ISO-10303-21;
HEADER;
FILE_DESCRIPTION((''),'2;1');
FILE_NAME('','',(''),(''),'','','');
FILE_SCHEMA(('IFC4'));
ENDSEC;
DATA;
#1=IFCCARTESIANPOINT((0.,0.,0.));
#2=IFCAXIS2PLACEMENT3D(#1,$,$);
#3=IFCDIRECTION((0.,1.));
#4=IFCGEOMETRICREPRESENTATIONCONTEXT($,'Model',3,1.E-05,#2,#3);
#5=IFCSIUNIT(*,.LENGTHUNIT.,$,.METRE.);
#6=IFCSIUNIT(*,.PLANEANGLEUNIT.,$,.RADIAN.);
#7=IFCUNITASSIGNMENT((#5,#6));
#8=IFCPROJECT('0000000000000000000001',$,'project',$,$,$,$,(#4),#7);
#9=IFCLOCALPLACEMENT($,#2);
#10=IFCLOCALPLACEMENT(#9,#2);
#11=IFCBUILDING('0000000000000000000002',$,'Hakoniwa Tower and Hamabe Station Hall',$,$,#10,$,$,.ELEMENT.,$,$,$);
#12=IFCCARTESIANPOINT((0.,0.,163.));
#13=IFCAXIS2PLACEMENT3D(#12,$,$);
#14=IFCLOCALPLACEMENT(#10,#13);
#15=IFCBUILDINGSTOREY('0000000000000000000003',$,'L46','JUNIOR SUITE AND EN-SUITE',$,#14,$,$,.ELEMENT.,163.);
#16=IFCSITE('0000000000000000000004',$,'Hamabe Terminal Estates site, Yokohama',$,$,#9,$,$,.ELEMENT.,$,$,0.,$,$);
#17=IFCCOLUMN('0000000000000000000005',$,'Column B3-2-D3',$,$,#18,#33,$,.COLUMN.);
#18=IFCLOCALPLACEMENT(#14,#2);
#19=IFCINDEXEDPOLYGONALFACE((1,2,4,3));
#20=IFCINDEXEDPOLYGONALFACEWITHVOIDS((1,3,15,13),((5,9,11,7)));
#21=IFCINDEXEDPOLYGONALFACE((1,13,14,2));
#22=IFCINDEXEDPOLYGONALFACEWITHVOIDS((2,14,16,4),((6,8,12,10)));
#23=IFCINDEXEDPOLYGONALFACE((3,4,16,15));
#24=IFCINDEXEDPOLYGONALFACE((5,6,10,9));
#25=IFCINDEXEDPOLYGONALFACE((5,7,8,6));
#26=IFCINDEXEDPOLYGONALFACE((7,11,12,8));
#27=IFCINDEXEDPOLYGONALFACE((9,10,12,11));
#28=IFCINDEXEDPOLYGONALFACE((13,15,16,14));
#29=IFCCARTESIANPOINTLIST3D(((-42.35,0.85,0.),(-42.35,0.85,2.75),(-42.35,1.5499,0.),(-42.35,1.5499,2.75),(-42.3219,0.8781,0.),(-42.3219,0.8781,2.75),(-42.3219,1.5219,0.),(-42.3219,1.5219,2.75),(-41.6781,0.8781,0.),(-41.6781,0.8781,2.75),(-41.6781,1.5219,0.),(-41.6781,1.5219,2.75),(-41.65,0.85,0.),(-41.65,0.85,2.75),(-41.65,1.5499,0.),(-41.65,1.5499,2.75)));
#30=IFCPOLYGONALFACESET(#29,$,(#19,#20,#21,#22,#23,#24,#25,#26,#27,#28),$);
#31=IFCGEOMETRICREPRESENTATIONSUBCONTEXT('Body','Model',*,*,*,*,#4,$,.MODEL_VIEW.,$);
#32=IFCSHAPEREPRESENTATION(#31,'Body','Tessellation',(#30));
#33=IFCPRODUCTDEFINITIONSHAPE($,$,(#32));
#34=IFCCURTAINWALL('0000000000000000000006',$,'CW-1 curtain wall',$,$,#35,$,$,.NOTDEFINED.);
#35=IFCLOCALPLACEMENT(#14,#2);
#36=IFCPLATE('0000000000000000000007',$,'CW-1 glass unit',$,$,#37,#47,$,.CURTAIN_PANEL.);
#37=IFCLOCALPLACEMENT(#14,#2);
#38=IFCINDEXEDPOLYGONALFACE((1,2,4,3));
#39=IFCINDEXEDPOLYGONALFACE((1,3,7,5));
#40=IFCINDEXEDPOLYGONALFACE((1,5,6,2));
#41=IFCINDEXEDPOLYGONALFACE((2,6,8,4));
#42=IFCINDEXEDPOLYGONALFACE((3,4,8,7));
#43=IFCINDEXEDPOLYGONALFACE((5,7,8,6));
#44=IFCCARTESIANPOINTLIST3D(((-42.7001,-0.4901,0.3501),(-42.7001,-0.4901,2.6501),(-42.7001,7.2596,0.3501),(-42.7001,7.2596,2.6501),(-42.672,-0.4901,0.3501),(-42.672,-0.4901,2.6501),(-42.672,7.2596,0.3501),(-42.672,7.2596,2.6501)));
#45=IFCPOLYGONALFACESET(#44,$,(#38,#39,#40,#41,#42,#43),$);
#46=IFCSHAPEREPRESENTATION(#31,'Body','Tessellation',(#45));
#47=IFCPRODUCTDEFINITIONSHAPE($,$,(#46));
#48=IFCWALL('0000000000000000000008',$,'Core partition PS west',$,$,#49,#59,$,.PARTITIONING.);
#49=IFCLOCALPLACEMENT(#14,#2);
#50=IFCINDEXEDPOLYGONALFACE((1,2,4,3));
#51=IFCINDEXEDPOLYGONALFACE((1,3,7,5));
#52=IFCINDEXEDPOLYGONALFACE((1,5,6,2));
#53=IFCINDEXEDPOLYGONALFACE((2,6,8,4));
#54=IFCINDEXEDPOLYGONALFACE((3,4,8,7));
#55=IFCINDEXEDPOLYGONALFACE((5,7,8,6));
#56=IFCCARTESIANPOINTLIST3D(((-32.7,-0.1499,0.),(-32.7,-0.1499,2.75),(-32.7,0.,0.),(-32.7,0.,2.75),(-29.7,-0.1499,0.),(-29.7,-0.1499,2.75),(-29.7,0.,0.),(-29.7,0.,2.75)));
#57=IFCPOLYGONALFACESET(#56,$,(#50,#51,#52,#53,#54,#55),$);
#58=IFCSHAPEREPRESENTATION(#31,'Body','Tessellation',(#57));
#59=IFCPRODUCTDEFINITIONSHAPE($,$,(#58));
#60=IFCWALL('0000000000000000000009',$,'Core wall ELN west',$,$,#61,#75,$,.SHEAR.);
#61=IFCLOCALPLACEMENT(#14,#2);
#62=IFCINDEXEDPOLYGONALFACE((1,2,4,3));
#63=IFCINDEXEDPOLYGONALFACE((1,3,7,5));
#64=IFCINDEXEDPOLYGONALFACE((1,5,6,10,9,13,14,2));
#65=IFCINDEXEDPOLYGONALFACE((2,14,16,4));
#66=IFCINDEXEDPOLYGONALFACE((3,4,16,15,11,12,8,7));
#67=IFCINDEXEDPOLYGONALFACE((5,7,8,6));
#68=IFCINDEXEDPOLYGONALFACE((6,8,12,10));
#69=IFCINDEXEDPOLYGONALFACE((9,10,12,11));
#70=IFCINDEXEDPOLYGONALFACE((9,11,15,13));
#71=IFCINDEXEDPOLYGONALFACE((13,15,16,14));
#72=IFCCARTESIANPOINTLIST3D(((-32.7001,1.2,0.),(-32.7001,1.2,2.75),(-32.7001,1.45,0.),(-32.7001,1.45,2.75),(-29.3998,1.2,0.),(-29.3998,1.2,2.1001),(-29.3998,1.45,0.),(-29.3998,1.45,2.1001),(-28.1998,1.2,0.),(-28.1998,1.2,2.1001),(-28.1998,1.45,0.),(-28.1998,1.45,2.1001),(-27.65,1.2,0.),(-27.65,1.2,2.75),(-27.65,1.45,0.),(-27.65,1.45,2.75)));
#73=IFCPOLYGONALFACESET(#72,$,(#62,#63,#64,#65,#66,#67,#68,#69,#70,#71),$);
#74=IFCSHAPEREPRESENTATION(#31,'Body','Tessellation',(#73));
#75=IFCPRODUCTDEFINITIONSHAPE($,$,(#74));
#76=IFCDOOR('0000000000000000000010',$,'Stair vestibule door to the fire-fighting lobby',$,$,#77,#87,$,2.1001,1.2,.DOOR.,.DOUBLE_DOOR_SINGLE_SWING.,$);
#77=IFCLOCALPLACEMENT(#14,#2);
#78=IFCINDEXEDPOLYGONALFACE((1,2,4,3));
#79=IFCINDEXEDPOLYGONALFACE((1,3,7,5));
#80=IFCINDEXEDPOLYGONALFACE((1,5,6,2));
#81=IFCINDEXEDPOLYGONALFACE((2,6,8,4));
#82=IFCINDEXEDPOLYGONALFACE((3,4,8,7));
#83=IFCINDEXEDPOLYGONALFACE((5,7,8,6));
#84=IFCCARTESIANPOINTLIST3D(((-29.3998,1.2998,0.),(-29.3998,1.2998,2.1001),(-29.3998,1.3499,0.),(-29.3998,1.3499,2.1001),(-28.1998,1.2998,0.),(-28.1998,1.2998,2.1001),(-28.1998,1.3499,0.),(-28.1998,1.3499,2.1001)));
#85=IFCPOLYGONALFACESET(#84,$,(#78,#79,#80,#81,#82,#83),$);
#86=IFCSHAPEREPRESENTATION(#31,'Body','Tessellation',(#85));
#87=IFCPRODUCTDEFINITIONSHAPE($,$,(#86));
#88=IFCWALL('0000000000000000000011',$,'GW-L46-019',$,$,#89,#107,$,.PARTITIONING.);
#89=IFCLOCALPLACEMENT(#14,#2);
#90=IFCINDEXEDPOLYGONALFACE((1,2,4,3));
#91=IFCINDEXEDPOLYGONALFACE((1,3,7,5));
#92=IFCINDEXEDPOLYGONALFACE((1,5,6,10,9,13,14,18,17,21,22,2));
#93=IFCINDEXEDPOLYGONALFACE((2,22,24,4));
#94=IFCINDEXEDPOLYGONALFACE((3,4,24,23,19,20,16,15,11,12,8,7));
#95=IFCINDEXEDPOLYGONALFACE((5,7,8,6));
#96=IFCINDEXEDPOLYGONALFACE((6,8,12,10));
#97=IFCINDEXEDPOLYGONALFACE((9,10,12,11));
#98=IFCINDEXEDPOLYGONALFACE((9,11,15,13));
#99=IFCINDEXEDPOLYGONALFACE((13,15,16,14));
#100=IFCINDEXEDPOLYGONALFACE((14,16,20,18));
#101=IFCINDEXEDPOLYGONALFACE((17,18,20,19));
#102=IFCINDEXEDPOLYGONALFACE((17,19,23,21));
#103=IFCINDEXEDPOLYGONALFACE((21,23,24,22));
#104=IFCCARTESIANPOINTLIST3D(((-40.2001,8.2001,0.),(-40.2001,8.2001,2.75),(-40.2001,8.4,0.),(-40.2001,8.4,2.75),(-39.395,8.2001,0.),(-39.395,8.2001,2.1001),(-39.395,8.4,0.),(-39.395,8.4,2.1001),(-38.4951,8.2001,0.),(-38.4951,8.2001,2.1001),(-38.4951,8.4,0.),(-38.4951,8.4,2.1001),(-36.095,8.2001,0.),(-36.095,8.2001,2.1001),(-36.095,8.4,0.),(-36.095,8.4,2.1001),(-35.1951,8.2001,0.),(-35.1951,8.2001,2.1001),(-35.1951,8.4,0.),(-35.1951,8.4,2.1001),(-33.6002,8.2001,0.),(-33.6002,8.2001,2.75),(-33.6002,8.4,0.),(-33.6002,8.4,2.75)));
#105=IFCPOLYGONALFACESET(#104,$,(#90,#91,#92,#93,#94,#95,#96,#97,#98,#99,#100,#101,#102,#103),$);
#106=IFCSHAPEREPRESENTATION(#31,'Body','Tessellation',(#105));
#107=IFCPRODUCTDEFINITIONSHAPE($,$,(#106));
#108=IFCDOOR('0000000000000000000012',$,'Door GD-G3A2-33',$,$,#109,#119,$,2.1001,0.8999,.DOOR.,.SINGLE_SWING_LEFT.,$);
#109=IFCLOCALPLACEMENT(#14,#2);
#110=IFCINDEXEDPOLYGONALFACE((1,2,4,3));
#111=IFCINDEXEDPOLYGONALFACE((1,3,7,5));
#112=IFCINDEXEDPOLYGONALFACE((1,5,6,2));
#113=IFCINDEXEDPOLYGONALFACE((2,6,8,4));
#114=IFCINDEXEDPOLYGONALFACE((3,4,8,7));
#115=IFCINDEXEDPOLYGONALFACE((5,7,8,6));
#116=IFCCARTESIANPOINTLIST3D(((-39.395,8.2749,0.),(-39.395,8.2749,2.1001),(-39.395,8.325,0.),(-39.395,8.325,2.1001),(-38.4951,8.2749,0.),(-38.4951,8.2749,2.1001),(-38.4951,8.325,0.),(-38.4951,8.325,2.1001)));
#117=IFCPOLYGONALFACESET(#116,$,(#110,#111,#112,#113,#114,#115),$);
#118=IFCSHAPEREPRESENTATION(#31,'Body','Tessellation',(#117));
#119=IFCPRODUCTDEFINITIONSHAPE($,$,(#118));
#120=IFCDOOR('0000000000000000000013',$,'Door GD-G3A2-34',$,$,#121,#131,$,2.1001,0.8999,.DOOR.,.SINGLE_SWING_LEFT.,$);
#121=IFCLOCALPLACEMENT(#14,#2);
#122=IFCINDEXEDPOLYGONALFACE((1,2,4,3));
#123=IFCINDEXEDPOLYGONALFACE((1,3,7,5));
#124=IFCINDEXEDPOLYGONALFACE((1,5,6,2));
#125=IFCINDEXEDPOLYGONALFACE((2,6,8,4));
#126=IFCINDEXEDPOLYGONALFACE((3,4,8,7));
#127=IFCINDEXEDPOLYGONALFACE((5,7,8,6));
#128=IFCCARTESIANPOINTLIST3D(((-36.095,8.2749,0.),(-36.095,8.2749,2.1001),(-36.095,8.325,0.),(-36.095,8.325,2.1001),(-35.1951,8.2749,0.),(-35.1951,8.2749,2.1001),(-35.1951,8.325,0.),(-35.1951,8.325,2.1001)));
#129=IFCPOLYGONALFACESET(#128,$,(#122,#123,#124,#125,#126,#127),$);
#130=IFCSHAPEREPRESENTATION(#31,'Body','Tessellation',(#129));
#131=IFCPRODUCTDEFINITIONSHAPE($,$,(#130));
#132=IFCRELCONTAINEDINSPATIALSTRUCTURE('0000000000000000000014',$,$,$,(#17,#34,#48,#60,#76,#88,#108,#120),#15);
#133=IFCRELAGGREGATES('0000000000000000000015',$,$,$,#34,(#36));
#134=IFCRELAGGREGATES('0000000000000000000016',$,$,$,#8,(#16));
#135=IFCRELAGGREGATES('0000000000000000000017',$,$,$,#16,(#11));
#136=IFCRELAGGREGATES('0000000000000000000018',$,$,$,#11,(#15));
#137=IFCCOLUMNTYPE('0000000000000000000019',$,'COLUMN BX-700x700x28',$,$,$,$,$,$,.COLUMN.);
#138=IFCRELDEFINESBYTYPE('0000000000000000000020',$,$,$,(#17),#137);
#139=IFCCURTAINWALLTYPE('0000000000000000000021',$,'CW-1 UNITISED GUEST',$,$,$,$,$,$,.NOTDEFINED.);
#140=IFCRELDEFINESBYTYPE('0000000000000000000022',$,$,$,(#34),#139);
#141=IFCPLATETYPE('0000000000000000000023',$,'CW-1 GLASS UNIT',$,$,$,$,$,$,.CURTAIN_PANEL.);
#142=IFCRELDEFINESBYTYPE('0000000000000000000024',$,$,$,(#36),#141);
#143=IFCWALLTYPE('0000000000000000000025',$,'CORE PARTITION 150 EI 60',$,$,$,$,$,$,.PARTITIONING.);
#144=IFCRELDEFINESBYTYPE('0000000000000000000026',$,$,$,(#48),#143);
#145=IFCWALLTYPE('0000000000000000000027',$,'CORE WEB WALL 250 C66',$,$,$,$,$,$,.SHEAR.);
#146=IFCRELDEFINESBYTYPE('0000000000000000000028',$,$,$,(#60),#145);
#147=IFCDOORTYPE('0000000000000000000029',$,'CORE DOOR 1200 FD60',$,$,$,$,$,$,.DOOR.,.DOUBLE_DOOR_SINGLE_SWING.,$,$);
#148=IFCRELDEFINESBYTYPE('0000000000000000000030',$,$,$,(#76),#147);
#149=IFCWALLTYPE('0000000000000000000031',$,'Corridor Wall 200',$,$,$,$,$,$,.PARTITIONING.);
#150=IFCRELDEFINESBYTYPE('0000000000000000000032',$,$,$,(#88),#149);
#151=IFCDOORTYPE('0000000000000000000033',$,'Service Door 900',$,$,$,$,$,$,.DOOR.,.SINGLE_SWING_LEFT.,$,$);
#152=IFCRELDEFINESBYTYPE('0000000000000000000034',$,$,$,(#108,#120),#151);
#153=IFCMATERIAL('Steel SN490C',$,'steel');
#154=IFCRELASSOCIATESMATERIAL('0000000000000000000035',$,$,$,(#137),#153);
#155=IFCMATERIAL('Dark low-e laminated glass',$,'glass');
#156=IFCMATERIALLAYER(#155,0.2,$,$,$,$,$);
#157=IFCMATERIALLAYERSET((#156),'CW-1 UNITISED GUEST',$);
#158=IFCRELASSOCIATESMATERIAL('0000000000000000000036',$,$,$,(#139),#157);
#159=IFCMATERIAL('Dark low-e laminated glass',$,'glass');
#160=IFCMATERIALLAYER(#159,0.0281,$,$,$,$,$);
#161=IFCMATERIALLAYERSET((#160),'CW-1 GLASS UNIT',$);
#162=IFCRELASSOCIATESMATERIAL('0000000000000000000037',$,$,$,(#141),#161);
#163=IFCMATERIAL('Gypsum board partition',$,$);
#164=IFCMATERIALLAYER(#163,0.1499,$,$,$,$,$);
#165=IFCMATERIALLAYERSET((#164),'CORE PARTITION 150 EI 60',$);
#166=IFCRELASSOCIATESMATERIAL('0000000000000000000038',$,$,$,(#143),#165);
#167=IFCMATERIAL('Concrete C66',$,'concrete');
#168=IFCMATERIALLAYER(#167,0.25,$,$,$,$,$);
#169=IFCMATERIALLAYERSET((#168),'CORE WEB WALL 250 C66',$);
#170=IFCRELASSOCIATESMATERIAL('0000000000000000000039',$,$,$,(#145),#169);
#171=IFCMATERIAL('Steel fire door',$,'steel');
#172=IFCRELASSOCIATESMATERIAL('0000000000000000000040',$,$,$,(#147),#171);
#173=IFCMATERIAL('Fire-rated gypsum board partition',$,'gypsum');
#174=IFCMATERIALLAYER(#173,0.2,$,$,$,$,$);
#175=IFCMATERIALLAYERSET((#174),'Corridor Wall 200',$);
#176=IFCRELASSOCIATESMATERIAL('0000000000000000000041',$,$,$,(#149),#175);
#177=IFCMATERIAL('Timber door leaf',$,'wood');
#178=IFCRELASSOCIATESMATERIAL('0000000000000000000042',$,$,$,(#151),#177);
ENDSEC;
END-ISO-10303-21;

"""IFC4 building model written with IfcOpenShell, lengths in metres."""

from ifc_helpers import new_model, si_unit, direction, frame, frame_2d, origin, origin_2d, place, context, subcontext, project, spatial, rectangle, hollow_rectangle, extrude, material, layer, layer_set, material_profile, profile_set, type_object, element, fill, aggregate, save


model = new_model("IFC4")

# Units and contexts
model_context = context("Model", 3, precision=1e-05, world=origin(), true_north=direction((0.0, 1.0)))
body_context = subcontext(model_context, "Body", "Model", "MODEL_VIEW")
ifc_project = project(units=[si_unit("LENGTHUNIT", "METRE"), si_unit("PLANEANGLEUNIT", "RADIAN")], contexts=[model_context])

# Site, building, storey
site_placement = place(None, origin())
site = spatial("IfcSite", under=ifc_project, at=site_placement, Name="Hamabe Terminal Estates site, Yokohama", CompositionType="ELEMENT", RefElevation=0.0)
building_placement = place(site_placement, origin())
building = spatial("IfcBuilding", under=site, at=building_placement, Name="Hakoniwa Tower and Hamabe Station Hall", CompositionType="ELEMENT")
storey_placement = place(building_placement, frame((0.0, 0.0, 163.0)))
storey = spatial("IfcBuildingStorey", under=building, at=storey_placement, Name="L46", Description="JUNIOR SUITE AND EN-SUITE", CompositionType="ELEMENT", Elevation=163.0)

# Column
ifc_material_1 = material(Name="Steel SN490C", Category="steel")
ifc_material_profile = material_profile(ifc_material_1, hollow_rectangle(XDim=0.7, YDim=0.7, WallThickness=0.0281, at=origin_2d()), Name="BX-700x700x28")
ifc_profile_set = profile_set([ifc_material_profile], Name="Steel SN490C")
column_type = type_object("IfcColumnType", Name="COLUMN BX-700x700x28", PredefinedType="COLUMN", material=ifc_profile_set)
column_placement = place(storey_placement, frame((-42.0, 1.2, 0.0), z_axis=(0.0, 0.0, 1.0), x_axis=(1.0, 0.0, 0.0)))
element("IfcColumn", 1, at=column_placement, inside=storey, type_object=column_type, Name="Column B3-2-D3", PredefinedType="COLUMN", context=body_context, shape_type="SweptSolid", body=[
    extrude(hollow_rectangle(XDim=0.7, YDim=0.7, WallThickness=0.0281, at=origin_2d()), origin(), (0.0, 0.0, 1.0), 2.75),
])

# Curtain wall, plate
ifc_material_2 = material(Name="Dark low-e laminated glass", Category="glass")
ifc_layer_1 = layer(ifc_material_2, 0.2)
ifc_layer_set_1 = layer_set([ifc_layer_1], Name="CW-1 UNITISED GUEST")
curtain_wall_type = type_object("IfcCurtainWallType", Name="CW-1 UNITISED GUEST", PredefinedType="NOTDEFINED", material=ifc_layer_set_1)
curtain_wall_placement = place(storey_placement, origin())
curtain_wall = element("IfcCurtainWall", 2, at=curtain_wall_placement, inside=storey, type_object=curtain_wall_type, Name="CW-1 curtain wall", PredefinedType="NOTDEFINED")
ifc_material_3 = material(Name="Dark low-e laminated glass", Category="glass")
ifc_layer_2 = layer(ifc_material_3, 0.0281)
ifc_layer_set_2 = layer_set([ifc_layer_2], Name="CW-1 GLASS UNIT")
plate_type = type_object("IfcPlateType", Name="CW-1 GLASS UNIT", PredefinedType="CURTAIN_PANEL", material=ifc_layer_set_2)
plate_placement = place(storey_placement, frame((-42.686, 3.3848, 0.3501), z_axis=(0.0, 0.0, 1.0), x_axis=(0.0, -1.0, 0.0)))
plate = element("IfcPlate", 3, at=plate_placement, type_object=plate_type, Name="CW-1 glass unit", PredefinedType="CURTAIN_PANEL", context=body_context, shape_type="SweptSolid", body=[
    extrude(rectangle(XDim=7.7498, YDim=0.0281, at=origin_2d()), origin(), (0.0, 0.0, 1.0), 2.3),
])
aggregate(curtain_wall, [plate])

# Wall
ifc_material_4 = material(Name="Gypsum board partition")
ifc_layer_3 = layer(ifc_material_4, 0.1499)
ifc_layer_set_3 = layer_set([ifc_layer_3], Name="CORE PARTITION 150 EI 60")
wall_type_1 = type_object("IfcWallType", Name="CORE PARTITION 150 EI 60", PredefinedType="PARTITIONING", material=ifc_layer_set_3)
wall_1_placement = place(storey_placement, frame((-32.7, -0.075, 0.0), z_axis=(0.0, 0.0, 1.0), x_axis=(1.0, 0.0, 0.0)))
element("IfcWall", 4, at=wall_1_placement, inside=storey, type_object=wall_type_1, Name="Core partition PS west", PredefinedType="PARTITIONING", context=body_context, shape_type="SweptSolid", body=[
    extrude(rectangle(XDim=3.0, YDim=0.1499, at=frame_2d((1.5, 0.0))), origin(), (0.0, 0.0, 1.0), 2.75),
])

# Wall, opening, door
ifc_material_5 = material(Name="Concrete C66", Category="concrete")
ifc_layer_4 = layer(ifc_material_5, 0.25)
ifc_layer_set_4 = layer_set([ifc_layer_4], Name="CORE WEB WALL 250 C66")
wall_type_2 = type_object("IfcWallType", Name="CORE WEB WALL 250 C66", PredefinedType="SHEAR", material=ifc_layer_set_4)
wall_2_placement = place(storey_placement, frame((-32.7, 1.325, 0.0), z_axis=(0.0, 0.0, 1.0), x_axis=(1.0, 0.0, 0.0)))
wall_2 = element("IfcWall", 5, at=wall_2_placement, inside=storey, type_object=wall_type_2, Name="Core wall ELN west", PredefinedType="SHEAR", context=body_context, shape_type="SweptSolid", body=[
    extrude(rectangle(XDim=5.05, YDim=0.25, at=frame_2d((2.5249, 0.0))), origin(), (0.0, 0.0, 1.0), 2.75),
])
opening_1_placement = place(wall_2_placement, frame((3.3, 0.0, 0.0)))
opening_1 = element("IfcOpeningElement", 6, at=opening_1_placement, cuts=wall_2, PredefinedType="OPENING", context=body_context, shape_type="SweptSolid", body=[
    extrude(rectangle(XDim=1.2, YDim=2.1001, at=frame_2d((0.6001, 1.05))), frame((0.0, 0.135, 0.0), z_axis=(0.0, -1.0, 0.0), x_axis=(1.0, 0.0, 0.0)), (0.0, 0.0, 1.0), 0.27),
])
ifc_material_6 = material(Name="Steel fire door", Category="steel")
door_type_1 = type_object("IfcDoorType", Name="CORE DOOR 1200 FD60", OperationType="DOUBLE_DOOR_SINGLE_SWING", PredefinedType="DOOR", material=ifc_material_6)
door_1_placement = place(opening_1_placement, origin())
door_1 = element("IfcDoor", 7, at=door_1_placement, inside=storey, type_object=door_type_1, Name="Stair vestibule door to the fire-fighting lobby", OperationType="DOUBLE_DOOR_SINGLE_SWING", OverallHeight=2.1001, OverallWidth=1.2, PredefinedType="DOOR", context=body_context, shape_type="SweptSolid", body=[
    extrude(rectangle(XDim=1.2, YDim=2.1001, at=frame_2d((0.6001, 1.05))), frame((0.0, 0.0249, 0.0), z_axis=(0.0, -1.0, 0.0), x_axis=(1.0, 0.0, 0.0)), (0.0, 0.0, 1.0), 0.05),
])
fill(opening_1, door_1)

# Wall, openings, doors
ifc_material_7 = material(Name="Fire-rated gypsum board partition", Category="gypsum")
ifc_layer_5 = layer(ifc_material_7, 0.2)
ifc_layer_set_5 = layer_set([ifc_layer_5], Name="Corridor Wall 200")
wall_type_3 = type_object("IfcWallType", Name="Corridor Wall 200", PredefinedType="PARTITIONING", material=ifc_layer_set_5)
wall_3_placement = place(storey_placement, frame((-40.2, 8.3, 0.0), z_axis=(0.0, 0.0, 1.0), x_axis=(1.0, 0.0, 0.0)))
wall_3 = element("IfcWall", 8, at=wall_3_placement, inside=storey, type_object=wall_type_3, Name="GW-L46-019", PredefinedType="PARTITIONING", context=body_context, shape_type="SweptSolid", body=[
    extrude(rectangle(XDim=6.5999, YDim=0.2, at=frame_2d((3.2998, 0.0))), origin(), (0.0, 0.0, 1.0), 2.75),
])
opening_2_placement = place(wall_3_placement, frame((0.8049, 0.0, 0.0)))
opening_2 = element("IfcOpeningElement", 9, at=opening_2_placement, cuts=wall_3, PredefinedType="OPENING", context=body_context, shape_type="SweptSolid", body=[
    extrude(rectangle(XDim=0.8999, YDim=2.1001, at=frame_2d((0.45, 1.05))), frame((0.0, 0.1099, 0.0), z_axis=(0.0, -1.0, 0.0), x_axis=(1.0, 0.0, 0.0)), (0.0, 0.0, 1.0), 0.22),
])
opening_3_placement = place(wall_3_placement, frame((4.105, 0.0, 0.0)))
opening_3 = element("IfcOpeningElement", 10, at=opening_3_placement, cuts=wall_3, PredefinedType="OPENING", context=body_context, shape_type="SweptSolid", body=[
    extrude(rectangle(XDim=0.8999, YDim=2.1001, at=frame_2d((0.45, 1.05))), frame((0.0, 0.1099, 0.0), z_axis=(0.0, -1.0, 0.0), x_axis=(1.0, 0.0, 0.0)), (0.0, 0.0, 1.0), 0.22),
])
ifc_material_8 = material(Name="Timber door leaf", Category="wood")
door_type_2 = type_object("IfcDoorType", Name="Service Door 900", OperationType="SINGLE_SWING_LEFT", PredefinedType="DOOR", material=ifc_material_8)
door_2_placement = place(opening_2_placement, origin())
door_2 = element("IfcDoor", 11, at=door_2_placement, inside=storey, type_object=door_type_2, Name="Door GD-G3A2-33", OperationType="SINGLE_SWING_LEFT", OverallHeight=2.1001, OverallWidth=0.8999, PredefinedType="DOOR", context=body_context, shape_type="SweptSolid", body=[
    extrude(rectangle(XDim=0.8999, YDim=2.1001, at=frame_2d((0.45, 1.05))), frame((0.0, 0.0249, 0.0), z_axis=(0.0, -1.0, 0.0), x_axis=(1.0, 0.0, 0.0)), (0.0, 0.0, 1.0), 0.05),
])
fill(opening_2, door_2)
door_3_placement = place(opening_3_placement, origin())
door_3 = element("IfcDoor", 12, at=door_3_placement, inside=storey, type_object=door_type_2, Name="Door GD-G3A2-34", OperationType="SINGLE_SWING_LEFT", OverallHeight=2.1001, OverallWidth=0.8999, PredefinedType="DOOR", context=body_context, shape_type="SweptSolid", body=[
    extrude(rectangle(XDim=0.8999, YDim=2.1001, at=frame_2d((0.45, 1.05))), frame((0.0, 0.0249, 0.0), z_axis=(0.0, -1.0, 0.0), x_axis=(1.0, 0.0, 0.0)), (0.0, 0.0, 1.0), 0.05),
])
fill(opening_3, door_3)

save(model, "model.ifc")
